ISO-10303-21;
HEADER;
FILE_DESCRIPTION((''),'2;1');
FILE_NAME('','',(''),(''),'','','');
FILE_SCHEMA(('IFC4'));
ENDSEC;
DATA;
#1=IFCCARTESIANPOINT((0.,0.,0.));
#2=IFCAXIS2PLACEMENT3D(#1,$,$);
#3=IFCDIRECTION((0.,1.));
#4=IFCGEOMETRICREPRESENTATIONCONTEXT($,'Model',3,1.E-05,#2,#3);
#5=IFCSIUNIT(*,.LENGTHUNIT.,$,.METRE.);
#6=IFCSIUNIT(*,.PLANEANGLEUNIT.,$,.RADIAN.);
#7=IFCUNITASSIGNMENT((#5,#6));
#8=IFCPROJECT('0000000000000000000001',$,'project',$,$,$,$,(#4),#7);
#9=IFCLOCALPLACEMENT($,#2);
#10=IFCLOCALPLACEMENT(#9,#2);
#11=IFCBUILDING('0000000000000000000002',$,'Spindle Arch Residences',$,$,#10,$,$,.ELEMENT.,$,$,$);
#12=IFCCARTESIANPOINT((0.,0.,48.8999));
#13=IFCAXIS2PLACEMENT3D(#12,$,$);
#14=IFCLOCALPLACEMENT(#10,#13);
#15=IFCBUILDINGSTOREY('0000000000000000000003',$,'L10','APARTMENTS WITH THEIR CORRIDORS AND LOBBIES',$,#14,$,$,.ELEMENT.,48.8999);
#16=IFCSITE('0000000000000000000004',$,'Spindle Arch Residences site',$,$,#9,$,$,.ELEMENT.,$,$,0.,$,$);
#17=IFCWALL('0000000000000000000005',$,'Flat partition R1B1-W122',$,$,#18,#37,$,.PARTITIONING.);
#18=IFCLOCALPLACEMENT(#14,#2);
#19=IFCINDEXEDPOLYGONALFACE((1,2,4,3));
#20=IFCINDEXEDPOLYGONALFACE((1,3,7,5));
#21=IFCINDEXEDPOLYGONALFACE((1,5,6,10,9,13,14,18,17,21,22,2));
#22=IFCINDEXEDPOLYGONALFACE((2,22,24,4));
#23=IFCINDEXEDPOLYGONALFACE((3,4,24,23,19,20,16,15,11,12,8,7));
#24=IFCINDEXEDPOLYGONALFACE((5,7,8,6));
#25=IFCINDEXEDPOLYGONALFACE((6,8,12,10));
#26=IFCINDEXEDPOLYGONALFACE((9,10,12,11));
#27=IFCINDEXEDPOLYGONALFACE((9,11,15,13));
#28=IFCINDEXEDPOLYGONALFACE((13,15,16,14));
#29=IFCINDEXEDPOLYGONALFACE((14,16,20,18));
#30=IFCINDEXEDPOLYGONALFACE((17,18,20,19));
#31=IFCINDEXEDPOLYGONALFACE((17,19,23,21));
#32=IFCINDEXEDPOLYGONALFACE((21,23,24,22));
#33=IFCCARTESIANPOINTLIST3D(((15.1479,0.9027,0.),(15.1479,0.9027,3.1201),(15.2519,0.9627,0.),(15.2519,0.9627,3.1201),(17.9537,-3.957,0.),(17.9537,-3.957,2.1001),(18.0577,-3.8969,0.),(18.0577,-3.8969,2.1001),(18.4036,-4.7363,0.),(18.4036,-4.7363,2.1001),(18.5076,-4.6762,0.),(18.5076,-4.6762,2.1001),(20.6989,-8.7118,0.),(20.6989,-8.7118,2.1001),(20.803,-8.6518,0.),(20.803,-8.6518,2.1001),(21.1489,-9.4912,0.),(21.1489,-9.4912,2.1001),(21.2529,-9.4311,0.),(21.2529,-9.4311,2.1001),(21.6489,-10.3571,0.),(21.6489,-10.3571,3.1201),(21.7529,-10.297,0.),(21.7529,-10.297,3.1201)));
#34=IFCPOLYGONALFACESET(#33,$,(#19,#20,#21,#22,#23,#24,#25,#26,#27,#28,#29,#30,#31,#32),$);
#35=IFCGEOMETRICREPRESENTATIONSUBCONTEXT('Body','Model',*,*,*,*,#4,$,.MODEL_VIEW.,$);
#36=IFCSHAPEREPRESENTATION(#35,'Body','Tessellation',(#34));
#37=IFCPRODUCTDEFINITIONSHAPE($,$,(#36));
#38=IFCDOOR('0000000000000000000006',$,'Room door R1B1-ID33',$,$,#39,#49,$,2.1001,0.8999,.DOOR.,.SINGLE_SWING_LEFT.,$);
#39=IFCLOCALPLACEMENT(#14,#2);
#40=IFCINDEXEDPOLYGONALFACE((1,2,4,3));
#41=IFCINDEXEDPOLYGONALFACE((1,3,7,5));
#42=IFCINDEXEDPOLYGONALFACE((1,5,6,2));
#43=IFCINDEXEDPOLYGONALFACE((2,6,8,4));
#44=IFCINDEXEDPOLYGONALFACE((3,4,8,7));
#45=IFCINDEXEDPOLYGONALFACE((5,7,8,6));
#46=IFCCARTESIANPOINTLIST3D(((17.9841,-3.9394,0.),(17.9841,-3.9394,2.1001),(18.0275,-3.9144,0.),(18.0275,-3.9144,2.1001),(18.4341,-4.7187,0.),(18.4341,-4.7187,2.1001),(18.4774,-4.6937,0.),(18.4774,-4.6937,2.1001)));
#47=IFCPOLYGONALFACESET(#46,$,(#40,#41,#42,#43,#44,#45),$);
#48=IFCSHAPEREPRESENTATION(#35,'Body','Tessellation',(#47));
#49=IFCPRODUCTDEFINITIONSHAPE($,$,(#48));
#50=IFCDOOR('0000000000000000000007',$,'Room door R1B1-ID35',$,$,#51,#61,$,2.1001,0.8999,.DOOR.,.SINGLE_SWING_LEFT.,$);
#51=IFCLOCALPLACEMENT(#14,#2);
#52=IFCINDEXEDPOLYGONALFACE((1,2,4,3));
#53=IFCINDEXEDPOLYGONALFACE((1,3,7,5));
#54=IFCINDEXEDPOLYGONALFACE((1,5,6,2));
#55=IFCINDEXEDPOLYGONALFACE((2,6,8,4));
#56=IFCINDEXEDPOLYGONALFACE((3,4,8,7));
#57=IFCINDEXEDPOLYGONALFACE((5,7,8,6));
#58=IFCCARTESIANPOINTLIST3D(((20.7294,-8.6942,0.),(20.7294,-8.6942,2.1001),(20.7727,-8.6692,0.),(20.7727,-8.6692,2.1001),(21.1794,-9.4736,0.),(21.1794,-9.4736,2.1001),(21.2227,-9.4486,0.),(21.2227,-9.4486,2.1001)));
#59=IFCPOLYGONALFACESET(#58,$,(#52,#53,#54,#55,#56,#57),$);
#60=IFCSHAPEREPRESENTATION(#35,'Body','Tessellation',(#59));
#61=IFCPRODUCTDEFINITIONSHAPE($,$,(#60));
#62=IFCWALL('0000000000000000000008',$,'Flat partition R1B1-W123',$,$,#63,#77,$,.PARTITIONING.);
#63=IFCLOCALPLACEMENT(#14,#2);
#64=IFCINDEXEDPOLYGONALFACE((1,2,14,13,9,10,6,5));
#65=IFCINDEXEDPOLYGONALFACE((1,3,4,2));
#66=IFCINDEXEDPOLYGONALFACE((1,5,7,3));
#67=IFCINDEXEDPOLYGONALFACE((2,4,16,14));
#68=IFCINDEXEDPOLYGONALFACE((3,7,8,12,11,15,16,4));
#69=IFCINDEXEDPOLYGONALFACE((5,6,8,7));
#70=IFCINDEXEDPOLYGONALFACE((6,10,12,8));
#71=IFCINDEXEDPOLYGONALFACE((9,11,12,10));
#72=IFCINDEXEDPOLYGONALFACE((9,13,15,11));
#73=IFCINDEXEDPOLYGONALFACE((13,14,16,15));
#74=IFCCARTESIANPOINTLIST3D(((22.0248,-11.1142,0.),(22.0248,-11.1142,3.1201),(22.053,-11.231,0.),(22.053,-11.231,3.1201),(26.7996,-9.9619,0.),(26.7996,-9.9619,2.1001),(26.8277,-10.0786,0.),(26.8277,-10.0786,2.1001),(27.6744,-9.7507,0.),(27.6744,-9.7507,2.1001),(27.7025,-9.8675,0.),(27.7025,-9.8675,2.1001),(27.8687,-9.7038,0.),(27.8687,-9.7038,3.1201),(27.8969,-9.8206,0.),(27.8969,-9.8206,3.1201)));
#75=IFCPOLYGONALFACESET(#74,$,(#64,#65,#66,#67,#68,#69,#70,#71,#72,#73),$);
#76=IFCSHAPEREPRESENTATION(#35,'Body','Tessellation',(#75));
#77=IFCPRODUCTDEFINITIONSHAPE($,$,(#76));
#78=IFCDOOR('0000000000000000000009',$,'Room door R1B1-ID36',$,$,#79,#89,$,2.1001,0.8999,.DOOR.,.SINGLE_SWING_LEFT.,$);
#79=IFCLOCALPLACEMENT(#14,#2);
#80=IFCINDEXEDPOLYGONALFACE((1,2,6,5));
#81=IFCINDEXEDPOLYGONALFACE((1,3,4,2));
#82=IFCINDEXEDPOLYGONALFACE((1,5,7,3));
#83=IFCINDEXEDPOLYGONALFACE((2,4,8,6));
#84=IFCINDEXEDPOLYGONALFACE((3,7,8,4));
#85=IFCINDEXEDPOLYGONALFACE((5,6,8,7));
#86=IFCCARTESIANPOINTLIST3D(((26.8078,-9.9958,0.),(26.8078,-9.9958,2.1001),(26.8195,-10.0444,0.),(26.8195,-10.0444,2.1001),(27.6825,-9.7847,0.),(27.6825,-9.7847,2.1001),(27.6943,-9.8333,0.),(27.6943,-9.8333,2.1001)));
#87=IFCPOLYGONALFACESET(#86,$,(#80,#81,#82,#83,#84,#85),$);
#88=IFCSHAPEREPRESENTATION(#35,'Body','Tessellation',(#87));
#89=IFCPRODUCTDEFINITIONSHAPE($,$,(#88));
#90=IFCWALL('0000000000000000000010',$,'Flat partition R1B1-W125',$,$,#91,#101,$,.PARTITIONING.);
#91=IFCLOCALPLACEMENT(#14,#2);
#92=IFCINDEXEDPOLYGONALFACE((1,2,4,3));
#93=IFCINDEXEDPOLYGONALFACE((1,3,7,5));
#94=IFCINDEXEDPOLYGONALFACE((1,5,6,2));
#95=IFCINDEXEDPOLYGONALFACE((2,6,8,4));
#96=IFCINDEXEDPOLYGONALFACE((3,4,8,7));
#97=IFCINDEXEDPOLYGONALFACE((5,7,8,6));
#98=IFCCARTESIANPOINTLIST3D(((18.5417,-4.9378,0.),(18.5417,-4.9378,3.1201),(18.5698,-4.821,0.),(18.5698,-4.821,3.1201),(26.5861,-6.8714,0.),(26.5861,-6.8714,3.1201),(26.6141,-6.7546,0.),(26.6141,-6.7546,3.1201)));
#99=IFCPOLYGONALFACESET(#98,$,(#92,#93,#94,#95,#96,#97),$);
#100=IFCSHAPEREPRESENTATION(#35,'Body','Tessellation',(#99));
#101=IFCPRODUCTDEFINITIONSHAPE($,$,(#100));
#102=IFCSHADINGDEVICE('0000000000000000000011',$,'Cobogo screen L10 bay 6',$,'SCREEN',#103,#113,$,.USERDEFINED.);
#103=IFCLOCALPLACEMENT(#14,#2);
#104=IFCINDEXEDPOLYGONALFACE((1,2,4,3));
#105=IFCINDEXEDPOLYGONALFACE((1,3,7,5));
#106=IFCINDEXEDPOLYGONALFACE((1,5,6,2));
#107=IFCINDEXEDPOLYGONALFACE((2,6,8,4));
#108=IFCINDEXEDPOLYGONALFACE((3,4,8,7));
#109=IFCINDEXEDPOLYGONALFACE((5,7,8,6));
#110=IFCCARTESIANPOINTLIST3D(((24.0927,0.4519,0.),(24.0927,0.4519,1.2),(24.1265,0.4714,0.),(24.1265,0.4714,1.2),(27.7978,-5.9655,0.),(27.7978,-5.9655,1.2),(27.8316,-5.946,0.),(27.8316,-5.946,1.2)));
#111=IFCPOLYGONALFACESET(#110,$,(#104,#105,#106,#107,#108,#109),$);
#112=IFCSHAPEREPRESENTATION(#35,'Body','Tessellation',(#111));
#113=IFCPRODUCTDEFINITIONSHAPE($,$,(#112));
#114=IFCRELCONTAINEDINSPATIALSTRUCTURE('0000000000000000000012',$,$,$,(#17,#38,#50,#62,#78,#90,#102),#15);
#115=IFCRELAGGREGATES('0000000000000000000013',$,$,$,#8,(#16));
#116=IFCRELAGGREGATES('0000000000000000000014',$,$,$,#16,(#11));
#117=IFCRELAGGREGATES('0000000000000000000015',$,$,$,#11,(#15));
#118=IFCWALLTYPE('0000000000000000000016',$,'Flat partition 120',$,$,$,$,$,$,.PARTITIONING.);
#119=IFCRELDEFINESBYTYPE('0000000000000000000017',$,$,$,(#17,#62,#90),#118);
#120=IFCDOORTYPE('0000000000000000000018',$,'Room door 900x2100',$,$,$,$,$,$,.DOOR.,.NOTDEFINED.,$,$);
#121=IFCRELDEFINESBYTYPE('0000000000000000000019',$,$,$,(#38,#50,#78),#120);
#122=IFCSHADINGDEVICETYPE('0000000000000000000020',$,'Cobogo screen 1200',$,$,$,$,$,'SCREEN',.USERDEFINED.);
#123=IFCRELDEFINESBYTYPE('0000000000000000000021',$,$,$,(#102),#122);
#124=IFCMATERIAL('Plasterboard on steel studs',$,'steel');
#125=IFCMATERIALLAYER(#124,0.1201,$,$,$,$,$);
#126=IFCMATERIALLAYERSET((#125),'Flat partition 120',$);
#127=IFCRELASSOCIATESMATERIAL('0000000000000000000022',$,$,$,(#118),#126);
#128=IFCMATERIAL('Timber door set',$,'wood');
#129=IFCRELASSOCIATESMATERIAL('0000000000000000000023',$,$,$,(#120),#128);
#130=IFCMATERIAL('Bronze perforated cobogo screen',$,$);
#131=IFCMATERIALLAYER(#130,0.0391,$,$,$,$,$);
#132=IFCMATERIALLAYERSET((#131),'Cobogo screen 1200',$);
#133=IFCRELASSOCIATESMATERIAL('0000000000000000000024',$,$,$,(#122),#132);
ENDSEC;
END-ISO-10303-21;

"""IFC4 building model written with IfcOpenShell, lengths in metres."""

from ifc_helpers import new_model, si_unit, direction, frame, frame_2d, origin, origin_2d, place, context, subcontext, project, spatial, rectangle, extrude, material, layer, layer_set, type_object, element, fill, save


model = new_model("IFC4")

# Units and contexts
model_context = context("Model", 3, precision=1e-05, world=origin(), true_north=direction((0.0, 1.0)))
body_context = subcontext(model_context, "Body", "Model", "MODEL_VIEW")
ifc_project = project(units=[si_unit("LENGTHUNIT", "METRE"), si_unit("PLANEANGLEUNIT", "RADIAN")], contexts=[model_context])

# Site, building, storey
site_placement = place(None, origin())
site = spatial("IfcSite", under=ifc_project, at=site_placement, Name="Spindle Arch Residences site", CompositionType="ELEMENT", RefElevation=0.0)
building_placement = place(site_placement, origin())
building = spatial("IfcBuilding", under=site, at=building_placement, Name="Spindle Arch Residences", CompositionType="ELEMENT")
storey_placement = place(building_placement, frame((0.0, 0.0, 48.8999)))
storey = spatial("IfcBuildingStorey", under=building, at=storey_placement, Name="L10", Description="APARTMENTS WITH THEIR CORRIDORS AND LOBBIES", CompositionType="ELEMENT", Elevation=48.8999)

# Shared definitions
ifc_material_1 = material(Name="Plasterboard on steel studs", Category="steel")
ifc_layer_1 = layer(ifc_material_1, 0.1201)
ifc_layer_set_1 = layer_set([ifc_layer_1], Name="Flat partition 120")
wall_type_1 = type_object("IfcWallType", Name="Flat partition 120", PredefinedType="PARTITIONING", material=ifc_layer_set_1)

# Shared definitions
ifc_material_2 = material(Name="Timber door set", Category="wood")
door_type_1 = type_object("IfcDoorType", Name="Room door 900x2100", OperationType="NOTDEFINED", PredefinedType="DOOR", material=ifc_material_2)

# Wall, openings, doors
wall_1_placement = place(storey_placement, frame((21.7009, -10.3271, 0.0), z_axis=(0.0, 0.0, 1.0), x_axis=(-0.500009, 0.86602, 0.0)))
wall_1 = element("IfcWall", 1, at=wall_1_placement, inside=storey, type_object=wall_type_1, Name="Flat partition R1B1-W122", PredefinedType="PARTITIONING", context=body_context, shape_type="SweptSolid", body=[
    extrude(rectangle(XDim=13.0017, YDim=0.1201, at=frame_2d((6.501, 0.0))), origin(), (0.0, 0.0, 1.0), 3.1201),
])
opening_1_placement = place(wall_1_placement, frame((6.4905, 0.0, 0.0)))
opening_1 = element("IfcOpeningElement", 2, at=opening_1_placement, cuts=wall_1, PredefinedType="OPENING", context=body_context, shape_type="SweptSolid", body=[
    extrude(rectangle(XDim=0.8999, YDim=2.1001, at=frame_2d((0.45, 1.05))), frame((0.0, 0.0701, 0.0), z_axis=(0.0, -1.0, 0.0), x_axis=(1.0, 0.0, 0.0)), (0.0, 0.0, 1.0), 0.1401),
])
opening_2_placement = place(wall_1_placement, frame((1.0, 0.0, 0.0)))
opening_2 = element("IfcOpeningElement", 3, at=opening_2_placement, cuts=wall_1, PredefinedType="OPENING", context=body_context, shape_type="SweptSolid", body=[
    extrude(rectangle(XDim=0.8999, YDim=2.1001, at=frame_2d((0.45, 1.05))), frame((0.0, 0.0701, 0.0), z_axis=(0.0, -1.0, 0.0), x_axis=(1.0, 0.0, 0.0)), (0.0, 0.0, 1.0), 0.1401),
])
door_1_placement = place(opening_1_placement, origin())
door_1 = element("IfcDoor", 4, at=door_1_placement, inside=storey, type_object=door_type_1, Name="Room door R1B1-ID33", OperationType="SINGLE_SWING_LEFT", OverallHeight=2.1001, OverallWidth=0.8999, PredefinedType="DOOR", context=body_context, shape_type="SweptSolid", body=[
    extrude(rectangle(XDim=0.8999, YDim=2.1001, at=frame_2d((0.45, 1.05))), frame((0.0, 0.0249, 0.0), z_axis=(0.0, -1.0, 0.0), x_axis=(1.0, 0.0, 0.0)), (0.0, 0.0, 1.0), 0.05),
])
fill(opening_1, door_1)
door_2_placement = place(opening_2_placement, origin())
door_2 = element("IfcDoor", 5, at=door_2_placement, inside=storey, type_object=door_type_1, Name="Room door R1B1-ID35", OperationType="SINGLE_SWING_LEFT", OverallHeight=2.1001, OverallWidth=0.8999, PredefinedType="DOOR", context=body_context, shape_type="SweptSolid", body=[
    extrude(rectangle(XDim=0.8999, YDim=2.1001, at=frame_2d((0.45, 1.05))), frame((0.0, 0.0249, 0.0), z_axis=(0.0, -1.0, 0.0), x_axis=(1.0, 0.0, 0.0)), (0.0, 0.0, 1.0), 0.05),
])
fill(opening_2, door_2)

# Wall, opening, door
wall_2_placement = place(storey_placement, frame((27.8828, -9.7622, 0.0), z_axis=(0.0, 0.0, 1.0), x_axis=(-0.972091, -0.234606, 0.0)))
wall_2 = element("IfcWall", 6, at=wall_2_placement, inside=storey, type_object=wall_type_1, Name="Flat partition R1B1-W123", PredefinedType="PARTITIONING", context=body_context, shape_type="SweptSolid", body=[
    extrude(rectangle(XDim=6.0117, YDim=0.1201, at=frame_2d((3.0059, 0.0))), origin(), (0.0, 0.0, 1.0), 3.1201),
])
opening_3_placement = place(wall_2_placement, frame((0.2, 0.0, 0.0)))
opening_3 = element("IfcOpeningElement", 7, at=opening_3_placement, cuts=wall_2, PredefinedType="OPENING", context=body_context, shape_type="SweptSolid", body=[
    extrude(rectangle(XDim=0.8999, YDim=2.1001, at=frame_2d((0.45, 1.05))), frame((0.0, 0.0701, 0.0), z_axis=(0.0, -1.0, 0.0), x_axis=(1.0, 0.0, 0.0)), (0.0, 0.0, 1.0), 0.1401),
])
door_3_placement = place(opening_3_placement, origin())
door_3 = element("IfcDoor", 8, at=door_3_placement, inside=storey, type_object=door_type_1, Name="Room door R1B1-ID36", OperationType="SINGLE_SWING_LEFT", OverallHeight=2.1001, OverallWidth=0.8999, PredefinedType="DOOR", context=body_context, shape_type="SweptSolid", body=[
    extrude(rectangle(XDim=0.8999, YDim=2.1001, at=frame_2d((0.45, 1.05))), frame((0.0, 0.0249, 0.0), z_axis=(0.0, -1.0, 0.0), x_axis=(1.0, 0.0, 0.0)), (0.0, 0.0, 1.0), 0.05),
])
fill(opening_3, door_3)

# Wall
wall_3_placement = place(storey_placement, frame((26.6001, -6.813, 0.0), z_axis=(0.0, 0.0, 1.0), x_axis=(-0.972307, 0.233708, 0.0)))
element("IfcWall", 9, at=wall_3_placement, inside=storey, type_object=wall_type_1, Name="Flat partition R1B1-W125", PredefinedType="PARTITIONING", context=body_context, shape_type="SweptSolid", body=[
    extrude(rectangle(XDim=8.2734, YDim=0.1201, at=frame_2d((4.1367, 0.0))), origin(), (0.0, 0.0, 1.0), 3.1201),
])

# Shading device
ifc_material_3 = material(Name="Bronze perforated cobogo screen")
ifc_layer_2 = layer(ifc_material_3, 0.0391)
ifc_layer_set_2 = layer_set([ifc_layer_2], Name="Cobogo screen 1200")
shading_device_type = type_object("IfcShadingDeviceType", Name="Cobogo screen 1200", ElementType="SCREEN", PredefinedType="USERDEFINED", material=ifc_layer_set_2)
shading_device_placement = place(storey_placement, frame((25.9622, -2.7471, 0.0), z_axis=(0.0, 0.0, 1.0), x_axis=(-0.5, 0.866025, 0.0)))
element("IfcShadingDevice", 10, at=shading_device_placement, inside=storey, type_object=shading_device_type, Name="Cobogo screen L10 bay 6", ObjectType="SCREEN", PredefinedType="USERDEFINED", context=body_context, shape_type="SweptSolid", body=[
    extrude(rectangle(XDim=7.4102, YDim=0.0391, at=origin_2d()), origin(), (0.0, 0.0, 1.0), 1.2),
])

save(model, "model.ifc")
